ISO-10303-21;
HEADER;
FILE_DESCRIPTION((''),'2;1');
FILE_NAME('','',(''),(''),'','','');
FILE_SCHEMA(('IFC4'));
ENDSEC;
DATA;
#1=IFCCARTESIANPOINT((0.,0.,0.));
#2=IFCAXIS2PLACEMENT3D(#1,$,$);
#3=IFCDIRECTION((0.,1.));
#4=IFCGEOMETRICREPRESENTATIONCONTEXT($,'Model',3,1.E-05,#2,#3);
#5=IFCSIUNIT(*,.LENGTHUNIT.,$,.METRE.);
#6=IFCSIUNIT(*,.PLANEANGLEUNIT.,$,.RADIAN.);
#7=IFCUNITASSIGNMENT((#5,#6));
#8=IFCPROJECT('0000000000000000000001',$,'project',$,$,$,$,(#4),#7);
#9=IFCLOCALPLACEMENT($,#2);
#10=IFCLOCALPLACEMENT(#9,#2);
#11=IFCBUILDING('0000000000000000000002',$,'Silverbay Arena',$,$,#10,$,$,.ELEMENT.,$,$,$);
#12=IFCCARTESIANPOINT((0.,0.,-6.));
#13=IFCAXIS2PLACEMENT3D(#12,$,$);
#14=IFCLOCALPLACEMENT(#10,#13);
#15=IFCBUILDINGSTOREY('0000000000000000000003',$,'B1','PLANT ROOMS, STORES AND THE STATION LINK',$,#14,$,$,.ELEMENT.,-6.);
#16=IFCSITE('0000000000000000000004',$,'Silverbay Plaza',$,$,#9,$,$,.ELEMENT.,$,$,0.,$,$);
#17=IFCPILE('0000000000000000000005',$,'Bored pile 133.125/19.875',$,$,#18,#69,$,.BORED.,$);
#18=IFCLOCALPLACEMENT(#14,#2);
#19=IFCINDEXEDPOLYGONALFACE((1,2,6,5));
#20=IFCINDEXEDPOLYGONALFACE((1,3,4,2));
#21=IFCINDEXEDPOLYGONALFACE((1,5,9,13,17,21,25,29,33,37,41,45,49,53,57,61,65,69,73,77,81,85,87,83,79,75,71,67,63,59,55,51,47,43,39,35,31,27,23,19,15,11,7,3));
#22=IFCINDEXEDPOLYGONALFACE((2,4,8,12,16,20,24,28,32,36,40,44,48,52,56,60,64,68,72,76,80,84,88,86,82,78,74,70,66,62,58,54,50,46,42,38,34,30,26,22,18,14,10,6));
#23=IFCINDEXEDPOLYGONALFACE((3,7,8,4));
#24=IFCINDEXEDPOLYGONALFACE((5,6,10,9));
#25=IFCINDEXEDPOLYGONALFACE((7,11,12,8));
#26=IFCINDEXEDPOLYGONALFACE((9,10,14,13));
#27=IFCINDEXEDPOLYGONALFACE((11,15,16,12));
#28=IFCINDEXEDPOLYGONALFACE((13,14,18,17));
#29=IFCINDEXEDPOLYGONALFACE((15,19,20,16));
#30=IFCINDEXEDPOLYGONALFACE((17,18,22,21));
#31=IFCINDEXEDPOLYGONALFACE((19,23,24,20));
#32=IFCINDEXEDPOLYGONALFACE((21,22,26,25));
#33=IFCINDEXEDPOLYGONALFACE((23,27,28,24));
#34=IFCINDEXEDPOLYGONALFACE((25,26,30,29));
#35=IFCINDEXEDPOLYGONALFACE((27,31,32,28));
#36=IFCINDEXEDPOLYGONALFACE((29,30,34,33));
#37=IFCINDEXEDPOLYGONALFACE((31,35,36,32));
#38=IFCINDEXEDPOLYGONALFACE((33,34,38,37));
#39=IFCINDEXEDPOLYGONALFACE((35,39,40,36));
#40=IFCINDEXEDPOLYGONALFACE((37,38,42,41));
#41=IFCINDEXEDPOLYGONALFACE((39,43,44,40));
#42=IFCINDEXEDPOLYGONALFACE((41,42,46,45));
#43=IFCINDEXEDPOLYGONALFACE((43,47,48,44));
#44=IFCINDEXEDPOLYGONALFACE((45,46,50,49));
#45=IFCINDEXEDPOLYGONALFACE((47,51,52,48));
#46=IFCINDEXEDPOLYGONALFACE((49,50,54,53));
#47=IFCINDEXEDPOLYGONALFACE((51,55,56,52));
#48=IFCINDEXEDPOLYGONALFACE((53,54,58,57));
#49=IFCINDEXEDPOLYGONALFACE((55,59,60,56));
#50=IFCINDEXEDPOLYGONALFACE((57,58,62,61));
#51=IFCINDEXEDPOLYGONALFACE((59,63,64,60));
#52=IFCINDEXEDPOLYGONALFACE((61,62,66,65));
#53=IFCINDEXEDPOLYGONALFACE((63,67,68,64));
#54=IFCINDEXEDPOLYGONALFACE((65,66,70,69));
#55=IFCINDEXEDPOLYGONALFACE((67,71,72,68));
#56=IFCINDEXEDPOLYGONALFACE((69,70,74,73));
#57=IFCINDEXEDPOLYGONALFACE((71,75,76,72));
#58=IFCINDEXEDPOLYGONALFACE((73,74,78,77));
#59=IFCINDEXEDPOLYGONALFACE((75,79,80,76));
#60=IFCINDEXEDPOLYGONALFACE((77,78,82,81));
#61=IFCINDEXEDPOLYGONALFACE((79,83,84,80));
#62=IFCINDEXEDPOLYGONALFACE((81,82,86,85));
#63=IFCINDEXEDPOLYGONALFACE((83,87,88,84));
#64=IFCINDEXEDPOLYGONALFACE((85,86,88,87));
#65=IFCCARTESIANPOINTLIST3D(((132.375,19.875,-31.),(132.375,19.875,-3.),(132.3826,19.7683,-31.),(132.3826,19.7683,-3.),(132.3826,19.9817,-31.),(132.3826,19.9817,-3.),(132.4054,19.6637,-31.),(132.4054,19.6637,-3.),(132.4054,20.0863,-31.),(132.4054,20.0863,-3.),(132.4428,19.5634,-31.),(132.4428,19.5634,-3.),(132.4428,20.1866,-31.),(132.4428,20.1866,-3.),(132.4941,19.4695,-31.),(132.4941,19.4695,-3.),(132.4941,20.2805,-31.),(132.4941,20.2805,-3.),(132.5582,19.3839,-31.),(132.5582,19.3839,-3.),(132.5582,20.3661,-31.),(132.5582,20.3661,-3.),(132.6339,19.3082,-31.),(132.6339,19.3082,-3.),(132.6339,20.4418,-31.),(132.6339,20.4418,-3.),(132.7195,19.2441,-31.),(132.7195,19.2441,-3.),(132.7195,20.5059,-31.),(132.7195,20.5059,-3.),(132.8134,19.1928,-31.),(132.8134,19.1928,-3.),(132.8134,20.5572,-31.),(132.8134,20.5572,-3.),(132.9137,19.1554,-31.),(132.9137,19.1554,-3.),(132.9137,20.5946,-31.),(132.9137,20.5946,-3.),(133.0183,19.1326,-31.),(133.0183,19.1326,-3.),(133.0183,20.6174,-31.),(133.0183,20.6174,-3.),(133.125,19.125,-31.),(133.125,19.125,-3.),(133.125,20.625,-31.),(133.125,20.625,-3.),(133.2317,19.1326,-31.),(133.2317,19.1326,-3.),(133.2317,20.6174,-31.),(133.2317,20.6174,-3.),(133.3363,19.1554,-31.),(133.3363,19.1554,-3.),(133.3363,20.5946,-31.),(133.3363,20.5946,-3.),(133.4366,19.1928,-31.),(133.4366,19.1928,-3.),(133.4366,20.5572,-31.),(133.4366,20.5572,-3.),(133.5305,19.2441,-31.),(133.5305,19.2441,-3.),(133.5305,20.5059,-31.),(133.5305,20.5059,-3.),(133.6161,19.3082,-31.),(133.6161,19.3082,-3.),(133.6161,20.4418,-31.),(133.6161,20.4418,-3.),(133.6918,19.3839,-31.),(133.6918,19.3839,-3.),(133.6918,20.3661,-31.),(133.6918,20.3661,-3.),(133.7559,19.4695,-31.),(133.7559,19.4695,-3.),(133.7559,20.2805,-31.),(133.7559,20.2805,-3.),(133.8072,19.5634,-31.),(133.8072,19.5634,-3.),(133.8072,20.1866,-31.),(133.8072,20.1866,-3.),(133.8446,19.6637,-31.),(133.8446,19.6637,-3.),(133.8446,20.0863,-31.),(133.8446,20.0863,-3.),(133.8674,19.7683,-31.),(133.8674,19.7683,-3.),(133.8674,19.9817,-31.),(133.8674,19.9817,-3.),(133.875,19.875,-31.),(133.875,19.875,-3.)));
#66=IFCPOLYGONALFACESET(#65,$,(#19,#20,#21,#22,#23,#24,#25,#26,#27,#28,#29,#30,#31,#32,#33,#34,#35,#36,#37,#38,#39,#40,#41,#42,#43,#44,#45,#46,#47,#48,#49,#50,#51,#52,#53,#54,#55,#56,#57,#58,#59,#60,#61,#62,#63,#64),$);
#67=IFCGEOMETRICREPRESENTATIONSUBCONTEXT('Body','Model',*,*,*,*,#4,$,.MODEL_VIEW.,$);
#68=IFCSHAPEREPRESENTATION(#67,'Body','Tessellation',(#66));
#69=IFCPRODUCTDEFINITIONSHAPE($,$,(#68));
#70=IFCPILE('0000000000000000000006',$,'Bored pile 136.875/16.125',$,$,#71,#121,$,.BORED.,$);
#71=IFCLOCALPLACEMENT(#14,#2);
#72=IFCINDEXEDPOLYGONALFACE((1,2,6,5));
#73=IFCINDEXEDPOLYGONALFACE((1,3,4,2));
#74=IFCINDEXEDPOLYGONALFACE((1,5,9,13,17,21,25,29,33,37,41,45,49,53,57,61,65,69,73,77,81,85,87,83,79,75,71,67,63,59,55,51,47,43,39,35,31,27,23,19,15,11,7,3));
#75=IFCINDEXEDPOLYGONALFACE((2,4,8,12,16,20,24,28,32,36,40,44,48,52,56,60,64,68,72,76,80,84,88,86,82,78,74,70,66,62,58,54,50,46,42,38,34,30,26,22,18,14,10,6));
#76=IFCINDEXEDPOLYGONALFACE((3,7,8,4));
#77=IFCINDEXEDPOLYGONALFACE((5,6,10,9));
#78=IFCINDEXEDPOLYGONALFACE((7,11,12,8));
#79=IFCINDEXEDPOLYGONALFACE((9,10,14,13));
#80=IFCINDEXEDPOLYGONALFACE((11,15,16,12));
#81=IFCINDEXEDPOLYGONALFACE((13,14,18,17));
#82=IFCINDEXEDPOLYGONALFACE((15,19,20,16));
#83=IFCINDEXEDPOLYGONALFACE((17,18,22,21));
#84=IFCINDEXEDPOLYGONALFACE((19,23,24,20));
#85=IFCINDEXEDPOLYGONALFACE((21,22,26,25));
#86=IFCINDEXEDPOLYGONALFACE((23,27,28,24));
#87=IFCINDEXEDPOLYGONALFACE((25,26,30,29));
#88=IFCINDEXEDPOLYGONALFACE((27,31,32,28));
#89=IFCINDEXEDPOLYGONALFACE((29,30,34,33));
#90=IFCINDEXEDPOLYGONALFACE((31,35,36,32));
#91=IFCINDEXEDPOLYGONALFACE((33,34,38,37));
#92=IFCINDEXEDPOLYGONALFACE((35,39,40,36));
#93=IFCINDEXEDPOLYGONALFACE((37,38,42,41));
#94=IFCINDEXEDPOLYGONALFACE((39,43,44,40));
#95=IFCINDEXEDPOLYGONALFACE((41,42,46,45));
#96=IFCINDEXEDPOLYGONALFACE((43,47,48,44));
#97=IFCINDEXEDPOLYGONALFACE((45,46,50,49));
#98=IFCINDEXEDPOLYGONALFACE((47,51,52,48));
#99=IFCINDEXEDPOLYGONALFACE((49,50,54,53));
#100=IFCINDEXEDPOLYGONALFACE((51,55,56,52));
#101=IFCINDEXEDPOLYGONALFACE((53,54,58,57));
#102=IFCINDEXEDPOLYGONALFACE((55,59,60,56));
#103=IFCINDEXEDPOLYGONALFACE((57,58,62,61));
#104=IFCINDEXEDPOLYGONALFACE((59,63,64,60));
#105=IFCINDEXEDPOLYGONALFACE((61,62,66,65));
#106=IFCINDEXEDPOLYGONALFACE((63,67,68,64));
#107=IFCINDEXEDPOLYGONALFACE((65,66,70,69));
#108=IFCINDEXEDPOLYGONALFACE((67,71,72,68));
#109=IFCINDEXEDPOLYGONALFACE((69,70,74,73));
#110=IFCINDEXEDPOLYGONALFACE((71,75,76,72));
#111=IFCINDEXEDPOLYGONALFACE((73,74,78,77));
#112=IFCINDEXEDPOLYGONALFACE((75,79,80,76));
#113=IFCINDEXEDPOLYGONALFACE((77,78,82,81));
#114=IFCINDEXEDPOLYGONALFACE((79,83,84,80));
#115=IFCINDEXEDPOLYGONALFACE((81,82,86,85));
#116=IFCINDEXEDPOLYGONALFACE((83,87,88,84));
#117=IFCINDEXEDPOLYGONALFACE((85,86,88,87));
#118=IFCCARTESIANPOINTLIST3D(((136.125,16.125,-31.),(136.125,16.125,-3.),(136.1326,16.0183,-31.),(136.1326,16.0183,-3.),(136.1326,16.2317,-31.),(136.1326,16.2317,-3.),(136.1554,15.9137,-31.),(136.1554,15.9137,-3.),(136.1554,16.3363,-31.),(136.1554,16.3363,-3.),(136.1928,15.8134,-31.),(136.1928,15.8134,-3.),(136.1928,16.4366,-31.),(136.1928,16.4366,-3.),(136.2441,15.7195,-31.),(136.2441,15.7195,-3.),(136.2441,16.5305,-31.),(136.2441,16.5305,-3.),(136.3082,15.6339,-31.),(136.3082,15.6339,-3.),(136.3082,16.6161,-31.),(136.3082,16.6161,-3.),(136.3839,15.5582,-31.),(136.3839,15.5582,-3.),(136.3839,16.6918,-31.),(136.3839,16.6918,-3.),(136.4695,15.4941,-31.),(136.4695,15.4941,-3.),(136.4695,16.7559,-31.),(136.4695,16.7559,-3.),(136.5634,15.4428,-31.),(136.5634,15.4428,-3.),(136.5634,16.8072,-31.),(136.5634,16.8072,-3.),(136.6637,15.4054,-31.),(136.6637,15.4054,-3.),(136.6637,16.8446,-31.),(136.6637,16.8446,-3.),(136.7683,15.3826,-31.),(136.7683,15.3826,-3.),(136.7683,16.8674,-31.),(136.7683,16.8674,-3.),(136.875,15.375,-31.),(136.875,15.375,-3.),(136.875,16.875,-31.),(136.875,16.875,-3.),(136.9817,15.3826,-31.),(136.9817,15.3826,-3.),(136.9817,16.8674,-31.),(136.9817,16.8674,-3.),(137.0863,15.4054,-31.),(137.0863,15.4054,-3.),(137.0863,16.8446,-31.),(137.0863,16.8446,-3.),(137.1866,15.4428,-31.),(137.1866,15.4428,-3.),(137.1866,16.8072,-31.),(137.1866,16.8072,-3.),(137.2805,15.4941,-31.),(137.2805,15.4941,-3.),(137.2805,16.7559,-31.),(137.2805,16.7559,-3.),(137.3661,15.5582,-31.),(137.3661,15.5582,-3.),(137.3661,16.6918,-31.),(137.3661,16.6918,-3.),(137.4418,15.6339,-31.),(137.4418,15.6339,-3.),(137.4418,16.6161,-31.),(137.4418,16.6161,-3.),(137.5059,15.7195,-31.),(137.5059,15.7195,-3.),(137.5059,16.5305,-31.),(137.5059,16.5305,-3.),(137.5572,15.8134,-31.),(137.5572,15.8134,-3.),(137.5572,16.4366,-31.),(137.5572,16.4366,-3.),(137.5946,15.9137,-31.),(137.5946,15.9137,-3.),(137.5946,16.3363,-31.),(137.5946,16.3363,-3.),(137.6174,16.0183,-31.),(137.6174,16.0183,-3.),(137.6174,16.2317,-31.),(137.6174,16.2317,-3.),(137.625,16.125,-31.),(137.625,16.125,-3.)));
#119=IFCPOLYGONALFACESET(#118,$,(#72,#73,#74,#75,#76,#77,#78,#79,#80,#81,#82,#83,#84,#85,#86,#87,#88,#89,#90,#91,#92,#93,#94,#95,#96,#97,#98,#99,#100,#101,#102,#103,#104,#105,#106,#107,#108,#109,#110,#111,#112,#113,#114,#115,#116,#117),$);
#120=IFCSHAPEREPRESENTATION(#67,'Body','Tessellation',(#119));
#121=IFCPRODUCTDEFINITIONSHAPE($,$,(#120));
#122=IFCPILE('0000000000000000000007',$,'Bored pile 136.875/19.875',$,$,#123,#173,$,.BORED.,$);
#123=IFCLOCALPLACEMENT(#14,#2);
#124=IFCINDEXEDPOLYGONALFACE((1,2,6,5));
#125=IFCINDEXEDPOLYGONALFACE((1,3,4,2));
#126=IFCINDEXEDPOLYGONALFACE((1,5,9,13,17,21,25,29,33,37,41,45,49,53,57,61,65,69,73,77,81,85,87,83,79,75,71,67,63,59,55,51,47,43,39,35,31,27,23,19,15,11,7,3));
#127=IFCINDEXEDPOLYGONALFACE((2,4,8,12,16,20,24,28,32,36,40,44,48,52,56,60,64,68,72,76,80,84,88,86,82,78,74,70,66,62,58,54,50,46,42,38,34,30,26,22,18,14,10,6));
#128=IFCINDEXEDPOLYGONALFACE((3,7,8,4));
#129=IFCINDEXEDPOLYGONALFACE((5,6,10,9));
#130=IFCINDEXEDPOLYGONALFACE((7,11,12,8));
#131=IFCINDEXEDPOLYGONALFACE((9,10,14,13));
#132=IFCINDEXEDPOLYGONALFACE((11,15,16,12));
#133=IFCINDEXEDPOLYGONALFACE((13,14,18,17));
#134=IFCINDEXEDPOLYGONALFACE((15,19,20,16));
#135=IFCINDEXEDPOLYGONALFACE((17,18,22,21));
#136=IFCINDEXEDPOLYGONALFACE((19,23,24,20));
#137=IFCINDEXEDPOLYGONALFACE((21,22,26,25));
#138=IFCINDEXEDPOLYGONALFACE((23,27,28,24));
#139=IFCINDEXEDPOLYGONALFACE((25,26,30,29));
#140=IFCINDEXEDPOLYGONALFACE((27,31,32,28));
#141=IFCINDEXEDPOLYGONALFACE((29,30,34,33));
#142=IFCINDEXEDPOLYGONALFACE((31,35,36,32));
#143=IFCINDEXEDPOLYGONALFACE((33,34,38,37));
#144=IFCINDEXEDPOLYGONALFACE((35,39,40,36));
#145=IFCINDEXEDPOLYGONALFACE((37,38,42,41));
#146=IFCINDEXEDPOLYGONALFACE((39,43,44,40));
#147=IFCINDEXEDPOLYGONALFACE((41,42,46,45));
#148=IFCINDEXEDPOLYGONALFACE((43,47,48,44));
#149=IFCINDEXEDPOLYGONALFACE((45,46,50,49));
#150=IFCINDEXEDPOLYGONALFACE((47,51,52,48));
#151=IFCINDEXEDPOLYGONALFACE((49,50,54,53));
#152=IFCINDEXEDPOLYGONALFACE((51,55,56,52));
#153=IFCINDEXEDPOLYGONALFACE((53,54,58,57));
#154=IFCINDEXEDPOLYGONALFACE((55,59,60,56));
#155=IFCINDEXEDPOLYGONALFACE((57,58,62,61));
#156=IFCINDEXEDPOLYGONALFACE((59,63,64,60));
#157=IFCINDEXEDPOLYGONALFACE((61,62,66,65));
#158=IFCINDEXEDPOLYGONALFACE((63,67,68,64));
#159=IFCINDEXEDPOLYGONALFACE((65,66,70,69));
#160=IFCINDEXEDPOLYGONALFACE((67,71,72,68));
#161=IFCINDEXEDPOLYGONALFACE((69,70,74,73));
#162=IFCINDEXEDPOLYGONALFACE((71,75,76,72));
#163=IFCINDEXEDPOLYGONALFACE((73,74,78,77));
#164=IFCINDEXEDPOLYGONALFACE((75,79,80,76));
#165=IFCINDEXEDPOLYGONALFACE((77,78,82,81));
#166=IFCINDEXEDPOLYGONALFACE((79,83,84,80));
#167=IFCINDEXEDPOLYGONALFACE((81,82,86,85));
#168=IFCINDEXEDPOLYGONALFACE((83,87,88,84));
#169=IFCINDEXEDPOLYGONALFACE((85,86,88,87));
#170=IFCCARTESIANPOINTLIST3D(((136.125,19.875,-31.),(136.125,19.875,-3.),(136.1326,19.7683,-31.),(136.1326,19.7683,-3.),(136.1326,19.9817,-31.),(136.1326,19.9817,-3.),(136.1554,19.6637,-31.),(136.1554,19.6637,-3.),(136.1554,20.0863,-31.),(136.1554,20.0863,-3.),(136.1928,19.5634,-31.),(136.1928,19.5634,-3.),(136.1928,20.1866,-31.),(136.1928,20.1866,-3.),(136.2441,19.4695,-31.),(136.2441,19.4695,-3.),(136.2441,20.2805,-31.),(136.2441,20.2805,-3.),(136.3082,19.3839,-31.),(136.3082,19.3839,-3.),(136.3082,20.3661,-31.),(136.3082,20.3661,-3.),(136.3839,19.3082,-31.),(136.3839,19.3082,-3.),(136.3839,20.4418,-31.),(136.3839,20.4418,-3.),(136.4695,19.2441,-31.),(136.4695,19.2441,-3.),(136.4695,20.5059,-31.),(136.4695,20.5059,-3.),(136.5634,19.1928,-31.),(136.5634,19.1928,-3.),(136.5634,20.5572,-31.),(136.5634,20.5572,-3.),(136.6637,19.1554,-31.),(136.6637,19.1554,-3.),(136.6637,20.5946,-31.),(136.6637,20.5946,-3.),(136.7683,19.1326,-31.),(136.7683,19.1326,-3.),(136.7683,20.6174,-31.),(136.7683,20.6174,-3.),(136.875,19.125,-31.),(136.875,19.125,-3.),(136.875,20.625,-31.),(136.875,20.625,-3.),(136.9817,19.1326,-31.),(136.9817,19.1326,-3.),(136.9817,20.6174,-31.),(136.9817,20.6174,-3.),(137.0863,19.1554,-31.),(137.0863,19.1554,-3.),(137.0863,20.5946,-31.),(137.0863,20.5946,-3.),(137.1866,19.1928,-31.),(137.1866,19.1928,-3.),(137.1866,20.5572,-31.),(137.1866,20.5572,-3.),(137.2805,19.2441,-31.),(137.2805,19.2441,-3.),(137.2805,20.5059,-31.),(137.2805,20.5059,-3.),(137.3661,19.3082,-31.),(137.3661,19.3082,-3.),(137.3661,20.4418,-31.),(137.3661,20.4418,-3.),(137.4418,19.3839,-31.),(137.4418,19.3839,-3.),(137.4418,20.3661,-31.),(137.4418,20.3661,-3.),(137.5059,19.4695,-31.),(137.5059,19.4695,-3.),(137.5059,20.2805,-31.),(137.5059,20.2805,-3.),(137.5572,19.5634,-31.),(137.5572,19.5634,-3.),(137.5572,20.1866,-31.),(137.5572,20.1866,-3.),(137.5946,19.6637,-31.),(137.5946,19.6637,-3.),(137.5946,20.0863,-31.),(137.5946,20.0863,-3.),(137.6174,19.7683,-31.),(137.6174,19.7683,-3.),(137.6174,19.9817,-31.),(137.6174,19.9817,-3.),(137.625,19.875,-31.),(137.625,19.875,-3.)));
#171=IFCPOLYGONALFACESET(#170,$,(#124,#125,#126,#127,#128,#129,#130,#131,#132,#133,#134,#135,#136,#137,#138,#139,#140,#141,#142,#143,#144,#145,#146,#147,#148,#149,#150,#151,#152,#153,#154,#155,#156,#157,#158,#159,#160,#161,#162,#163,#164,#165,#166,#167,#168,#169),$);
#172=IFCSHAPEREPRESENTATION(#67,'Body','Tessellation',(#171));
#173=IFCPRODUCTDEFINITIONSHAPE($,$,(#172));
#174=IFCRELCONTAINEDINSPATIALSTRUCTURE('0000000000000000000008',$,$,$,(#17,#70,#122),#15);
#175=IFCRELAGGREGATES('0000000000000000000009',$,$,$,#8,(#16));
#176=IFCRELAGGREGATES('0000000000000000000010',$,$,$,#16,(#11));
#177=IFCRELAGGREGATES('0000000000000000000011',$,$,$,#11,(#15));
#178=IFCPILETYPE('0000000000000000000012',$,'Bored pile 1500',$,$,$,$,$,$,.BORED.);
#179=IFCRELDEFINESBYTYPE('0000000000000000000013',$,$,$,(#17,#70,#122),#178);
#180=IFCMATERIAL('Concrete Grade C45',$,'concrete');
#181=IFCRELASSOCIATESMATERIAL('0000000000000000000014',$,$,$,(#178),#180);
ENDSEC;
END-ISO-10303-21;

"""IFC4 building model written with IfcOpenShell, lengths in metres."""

from ifc_helpers import new_model, si_unit, direction, frame, origin, origin_2d, place, context, subcontext, project, spatial, circle, extrude, material, material_profile, profile_set, type_object, element, save


model = new_model("IFC4")

# Units and contexts
model_context = context("Model", 3, precision=1e-05, world=origin(), true_north=direction((0.0, 1.0)))
body_context = subcontext(model_context, "Body", "Model", "MODEL_VIEW")
ifc_project = project(units=[si_unit("LENGTHUNIT", "METRE"), si_unit("PLANEANGLEUNIT", "RADIAN")], contexts=[model_context])

# Site, building, storey
site_placement = place(None, origin())
site = spatial("IfcSite", under=ifc_project, at=site_placement, Name="Silverbay Plaza", CompositionType="ELEMENT", RefElevation=0.0)
building_placement = place(site_placement, origin())
building = spatial("IfcBuilding", under=site, at=building_placement, Name="Silverbay Arena", CompositionType="ELEMENT")
storey_placement = place(building_placement, frame((0.0, 0.0, -6.0)))
storey = spatial("IfcBuildingStorey", under=building, at=storey_placement, Name="B1", Description="PLANT ROOMS, STORES AND THE STATION LINK", CompositionType="ELEMENT", Elevation=-6.0)

# Piles
ifc_material_1 = material(Name="Concrete Grade C45", Category="concrete")
ifc_material_profile_1 = material_profile(ifc_material_1, circle(Radius=0.75, at=origin_2d()), Name="Bored pile 1500")
ifc_profile_set_1 = profile_set([ifc_material_profile_1], Name="Concrete Grade C45")
pile_type_1 = type_object("IfcPileType", Name="Bored pile 1500", PredefinedType="BORED", material=ifc_profile_set_1)
for number, where, z_axis, x_axis, name in (
    (1, (133.125, 19.875, -3.0), (0.0, 0.0, -1.0), (1.0, 0.0, 0.0), "Bored pile 133.125/19.875"),
    (2, (136.875, 16.125, -3.0), (0.0, 0.0, -1.0), (1.0, 0.0, 0.0), "Bored pile 136.875/16.125"),
    (3, (136.875, 19.875, -3.0), (0.0, 0.0, -1.0), (1.0, 0.0, 0.0), "Bored pile 136.875/19.875"),
):
    element("IfcPile", number, at=place(storey_placement, frame(where, z_axis=z_axis, x_axis=x_axis)), inside=storey, type_object=pile_type_1, Name=name, PredefinedType="BORED", context=body_context, shape_type="SweptSolid", body=[
        extrude(circle(Radius=0.75, at=origin_2d()), origin(), (0.0, 0.0, 1.0), 28.0),
    ])

save(model, "model.ifc")
